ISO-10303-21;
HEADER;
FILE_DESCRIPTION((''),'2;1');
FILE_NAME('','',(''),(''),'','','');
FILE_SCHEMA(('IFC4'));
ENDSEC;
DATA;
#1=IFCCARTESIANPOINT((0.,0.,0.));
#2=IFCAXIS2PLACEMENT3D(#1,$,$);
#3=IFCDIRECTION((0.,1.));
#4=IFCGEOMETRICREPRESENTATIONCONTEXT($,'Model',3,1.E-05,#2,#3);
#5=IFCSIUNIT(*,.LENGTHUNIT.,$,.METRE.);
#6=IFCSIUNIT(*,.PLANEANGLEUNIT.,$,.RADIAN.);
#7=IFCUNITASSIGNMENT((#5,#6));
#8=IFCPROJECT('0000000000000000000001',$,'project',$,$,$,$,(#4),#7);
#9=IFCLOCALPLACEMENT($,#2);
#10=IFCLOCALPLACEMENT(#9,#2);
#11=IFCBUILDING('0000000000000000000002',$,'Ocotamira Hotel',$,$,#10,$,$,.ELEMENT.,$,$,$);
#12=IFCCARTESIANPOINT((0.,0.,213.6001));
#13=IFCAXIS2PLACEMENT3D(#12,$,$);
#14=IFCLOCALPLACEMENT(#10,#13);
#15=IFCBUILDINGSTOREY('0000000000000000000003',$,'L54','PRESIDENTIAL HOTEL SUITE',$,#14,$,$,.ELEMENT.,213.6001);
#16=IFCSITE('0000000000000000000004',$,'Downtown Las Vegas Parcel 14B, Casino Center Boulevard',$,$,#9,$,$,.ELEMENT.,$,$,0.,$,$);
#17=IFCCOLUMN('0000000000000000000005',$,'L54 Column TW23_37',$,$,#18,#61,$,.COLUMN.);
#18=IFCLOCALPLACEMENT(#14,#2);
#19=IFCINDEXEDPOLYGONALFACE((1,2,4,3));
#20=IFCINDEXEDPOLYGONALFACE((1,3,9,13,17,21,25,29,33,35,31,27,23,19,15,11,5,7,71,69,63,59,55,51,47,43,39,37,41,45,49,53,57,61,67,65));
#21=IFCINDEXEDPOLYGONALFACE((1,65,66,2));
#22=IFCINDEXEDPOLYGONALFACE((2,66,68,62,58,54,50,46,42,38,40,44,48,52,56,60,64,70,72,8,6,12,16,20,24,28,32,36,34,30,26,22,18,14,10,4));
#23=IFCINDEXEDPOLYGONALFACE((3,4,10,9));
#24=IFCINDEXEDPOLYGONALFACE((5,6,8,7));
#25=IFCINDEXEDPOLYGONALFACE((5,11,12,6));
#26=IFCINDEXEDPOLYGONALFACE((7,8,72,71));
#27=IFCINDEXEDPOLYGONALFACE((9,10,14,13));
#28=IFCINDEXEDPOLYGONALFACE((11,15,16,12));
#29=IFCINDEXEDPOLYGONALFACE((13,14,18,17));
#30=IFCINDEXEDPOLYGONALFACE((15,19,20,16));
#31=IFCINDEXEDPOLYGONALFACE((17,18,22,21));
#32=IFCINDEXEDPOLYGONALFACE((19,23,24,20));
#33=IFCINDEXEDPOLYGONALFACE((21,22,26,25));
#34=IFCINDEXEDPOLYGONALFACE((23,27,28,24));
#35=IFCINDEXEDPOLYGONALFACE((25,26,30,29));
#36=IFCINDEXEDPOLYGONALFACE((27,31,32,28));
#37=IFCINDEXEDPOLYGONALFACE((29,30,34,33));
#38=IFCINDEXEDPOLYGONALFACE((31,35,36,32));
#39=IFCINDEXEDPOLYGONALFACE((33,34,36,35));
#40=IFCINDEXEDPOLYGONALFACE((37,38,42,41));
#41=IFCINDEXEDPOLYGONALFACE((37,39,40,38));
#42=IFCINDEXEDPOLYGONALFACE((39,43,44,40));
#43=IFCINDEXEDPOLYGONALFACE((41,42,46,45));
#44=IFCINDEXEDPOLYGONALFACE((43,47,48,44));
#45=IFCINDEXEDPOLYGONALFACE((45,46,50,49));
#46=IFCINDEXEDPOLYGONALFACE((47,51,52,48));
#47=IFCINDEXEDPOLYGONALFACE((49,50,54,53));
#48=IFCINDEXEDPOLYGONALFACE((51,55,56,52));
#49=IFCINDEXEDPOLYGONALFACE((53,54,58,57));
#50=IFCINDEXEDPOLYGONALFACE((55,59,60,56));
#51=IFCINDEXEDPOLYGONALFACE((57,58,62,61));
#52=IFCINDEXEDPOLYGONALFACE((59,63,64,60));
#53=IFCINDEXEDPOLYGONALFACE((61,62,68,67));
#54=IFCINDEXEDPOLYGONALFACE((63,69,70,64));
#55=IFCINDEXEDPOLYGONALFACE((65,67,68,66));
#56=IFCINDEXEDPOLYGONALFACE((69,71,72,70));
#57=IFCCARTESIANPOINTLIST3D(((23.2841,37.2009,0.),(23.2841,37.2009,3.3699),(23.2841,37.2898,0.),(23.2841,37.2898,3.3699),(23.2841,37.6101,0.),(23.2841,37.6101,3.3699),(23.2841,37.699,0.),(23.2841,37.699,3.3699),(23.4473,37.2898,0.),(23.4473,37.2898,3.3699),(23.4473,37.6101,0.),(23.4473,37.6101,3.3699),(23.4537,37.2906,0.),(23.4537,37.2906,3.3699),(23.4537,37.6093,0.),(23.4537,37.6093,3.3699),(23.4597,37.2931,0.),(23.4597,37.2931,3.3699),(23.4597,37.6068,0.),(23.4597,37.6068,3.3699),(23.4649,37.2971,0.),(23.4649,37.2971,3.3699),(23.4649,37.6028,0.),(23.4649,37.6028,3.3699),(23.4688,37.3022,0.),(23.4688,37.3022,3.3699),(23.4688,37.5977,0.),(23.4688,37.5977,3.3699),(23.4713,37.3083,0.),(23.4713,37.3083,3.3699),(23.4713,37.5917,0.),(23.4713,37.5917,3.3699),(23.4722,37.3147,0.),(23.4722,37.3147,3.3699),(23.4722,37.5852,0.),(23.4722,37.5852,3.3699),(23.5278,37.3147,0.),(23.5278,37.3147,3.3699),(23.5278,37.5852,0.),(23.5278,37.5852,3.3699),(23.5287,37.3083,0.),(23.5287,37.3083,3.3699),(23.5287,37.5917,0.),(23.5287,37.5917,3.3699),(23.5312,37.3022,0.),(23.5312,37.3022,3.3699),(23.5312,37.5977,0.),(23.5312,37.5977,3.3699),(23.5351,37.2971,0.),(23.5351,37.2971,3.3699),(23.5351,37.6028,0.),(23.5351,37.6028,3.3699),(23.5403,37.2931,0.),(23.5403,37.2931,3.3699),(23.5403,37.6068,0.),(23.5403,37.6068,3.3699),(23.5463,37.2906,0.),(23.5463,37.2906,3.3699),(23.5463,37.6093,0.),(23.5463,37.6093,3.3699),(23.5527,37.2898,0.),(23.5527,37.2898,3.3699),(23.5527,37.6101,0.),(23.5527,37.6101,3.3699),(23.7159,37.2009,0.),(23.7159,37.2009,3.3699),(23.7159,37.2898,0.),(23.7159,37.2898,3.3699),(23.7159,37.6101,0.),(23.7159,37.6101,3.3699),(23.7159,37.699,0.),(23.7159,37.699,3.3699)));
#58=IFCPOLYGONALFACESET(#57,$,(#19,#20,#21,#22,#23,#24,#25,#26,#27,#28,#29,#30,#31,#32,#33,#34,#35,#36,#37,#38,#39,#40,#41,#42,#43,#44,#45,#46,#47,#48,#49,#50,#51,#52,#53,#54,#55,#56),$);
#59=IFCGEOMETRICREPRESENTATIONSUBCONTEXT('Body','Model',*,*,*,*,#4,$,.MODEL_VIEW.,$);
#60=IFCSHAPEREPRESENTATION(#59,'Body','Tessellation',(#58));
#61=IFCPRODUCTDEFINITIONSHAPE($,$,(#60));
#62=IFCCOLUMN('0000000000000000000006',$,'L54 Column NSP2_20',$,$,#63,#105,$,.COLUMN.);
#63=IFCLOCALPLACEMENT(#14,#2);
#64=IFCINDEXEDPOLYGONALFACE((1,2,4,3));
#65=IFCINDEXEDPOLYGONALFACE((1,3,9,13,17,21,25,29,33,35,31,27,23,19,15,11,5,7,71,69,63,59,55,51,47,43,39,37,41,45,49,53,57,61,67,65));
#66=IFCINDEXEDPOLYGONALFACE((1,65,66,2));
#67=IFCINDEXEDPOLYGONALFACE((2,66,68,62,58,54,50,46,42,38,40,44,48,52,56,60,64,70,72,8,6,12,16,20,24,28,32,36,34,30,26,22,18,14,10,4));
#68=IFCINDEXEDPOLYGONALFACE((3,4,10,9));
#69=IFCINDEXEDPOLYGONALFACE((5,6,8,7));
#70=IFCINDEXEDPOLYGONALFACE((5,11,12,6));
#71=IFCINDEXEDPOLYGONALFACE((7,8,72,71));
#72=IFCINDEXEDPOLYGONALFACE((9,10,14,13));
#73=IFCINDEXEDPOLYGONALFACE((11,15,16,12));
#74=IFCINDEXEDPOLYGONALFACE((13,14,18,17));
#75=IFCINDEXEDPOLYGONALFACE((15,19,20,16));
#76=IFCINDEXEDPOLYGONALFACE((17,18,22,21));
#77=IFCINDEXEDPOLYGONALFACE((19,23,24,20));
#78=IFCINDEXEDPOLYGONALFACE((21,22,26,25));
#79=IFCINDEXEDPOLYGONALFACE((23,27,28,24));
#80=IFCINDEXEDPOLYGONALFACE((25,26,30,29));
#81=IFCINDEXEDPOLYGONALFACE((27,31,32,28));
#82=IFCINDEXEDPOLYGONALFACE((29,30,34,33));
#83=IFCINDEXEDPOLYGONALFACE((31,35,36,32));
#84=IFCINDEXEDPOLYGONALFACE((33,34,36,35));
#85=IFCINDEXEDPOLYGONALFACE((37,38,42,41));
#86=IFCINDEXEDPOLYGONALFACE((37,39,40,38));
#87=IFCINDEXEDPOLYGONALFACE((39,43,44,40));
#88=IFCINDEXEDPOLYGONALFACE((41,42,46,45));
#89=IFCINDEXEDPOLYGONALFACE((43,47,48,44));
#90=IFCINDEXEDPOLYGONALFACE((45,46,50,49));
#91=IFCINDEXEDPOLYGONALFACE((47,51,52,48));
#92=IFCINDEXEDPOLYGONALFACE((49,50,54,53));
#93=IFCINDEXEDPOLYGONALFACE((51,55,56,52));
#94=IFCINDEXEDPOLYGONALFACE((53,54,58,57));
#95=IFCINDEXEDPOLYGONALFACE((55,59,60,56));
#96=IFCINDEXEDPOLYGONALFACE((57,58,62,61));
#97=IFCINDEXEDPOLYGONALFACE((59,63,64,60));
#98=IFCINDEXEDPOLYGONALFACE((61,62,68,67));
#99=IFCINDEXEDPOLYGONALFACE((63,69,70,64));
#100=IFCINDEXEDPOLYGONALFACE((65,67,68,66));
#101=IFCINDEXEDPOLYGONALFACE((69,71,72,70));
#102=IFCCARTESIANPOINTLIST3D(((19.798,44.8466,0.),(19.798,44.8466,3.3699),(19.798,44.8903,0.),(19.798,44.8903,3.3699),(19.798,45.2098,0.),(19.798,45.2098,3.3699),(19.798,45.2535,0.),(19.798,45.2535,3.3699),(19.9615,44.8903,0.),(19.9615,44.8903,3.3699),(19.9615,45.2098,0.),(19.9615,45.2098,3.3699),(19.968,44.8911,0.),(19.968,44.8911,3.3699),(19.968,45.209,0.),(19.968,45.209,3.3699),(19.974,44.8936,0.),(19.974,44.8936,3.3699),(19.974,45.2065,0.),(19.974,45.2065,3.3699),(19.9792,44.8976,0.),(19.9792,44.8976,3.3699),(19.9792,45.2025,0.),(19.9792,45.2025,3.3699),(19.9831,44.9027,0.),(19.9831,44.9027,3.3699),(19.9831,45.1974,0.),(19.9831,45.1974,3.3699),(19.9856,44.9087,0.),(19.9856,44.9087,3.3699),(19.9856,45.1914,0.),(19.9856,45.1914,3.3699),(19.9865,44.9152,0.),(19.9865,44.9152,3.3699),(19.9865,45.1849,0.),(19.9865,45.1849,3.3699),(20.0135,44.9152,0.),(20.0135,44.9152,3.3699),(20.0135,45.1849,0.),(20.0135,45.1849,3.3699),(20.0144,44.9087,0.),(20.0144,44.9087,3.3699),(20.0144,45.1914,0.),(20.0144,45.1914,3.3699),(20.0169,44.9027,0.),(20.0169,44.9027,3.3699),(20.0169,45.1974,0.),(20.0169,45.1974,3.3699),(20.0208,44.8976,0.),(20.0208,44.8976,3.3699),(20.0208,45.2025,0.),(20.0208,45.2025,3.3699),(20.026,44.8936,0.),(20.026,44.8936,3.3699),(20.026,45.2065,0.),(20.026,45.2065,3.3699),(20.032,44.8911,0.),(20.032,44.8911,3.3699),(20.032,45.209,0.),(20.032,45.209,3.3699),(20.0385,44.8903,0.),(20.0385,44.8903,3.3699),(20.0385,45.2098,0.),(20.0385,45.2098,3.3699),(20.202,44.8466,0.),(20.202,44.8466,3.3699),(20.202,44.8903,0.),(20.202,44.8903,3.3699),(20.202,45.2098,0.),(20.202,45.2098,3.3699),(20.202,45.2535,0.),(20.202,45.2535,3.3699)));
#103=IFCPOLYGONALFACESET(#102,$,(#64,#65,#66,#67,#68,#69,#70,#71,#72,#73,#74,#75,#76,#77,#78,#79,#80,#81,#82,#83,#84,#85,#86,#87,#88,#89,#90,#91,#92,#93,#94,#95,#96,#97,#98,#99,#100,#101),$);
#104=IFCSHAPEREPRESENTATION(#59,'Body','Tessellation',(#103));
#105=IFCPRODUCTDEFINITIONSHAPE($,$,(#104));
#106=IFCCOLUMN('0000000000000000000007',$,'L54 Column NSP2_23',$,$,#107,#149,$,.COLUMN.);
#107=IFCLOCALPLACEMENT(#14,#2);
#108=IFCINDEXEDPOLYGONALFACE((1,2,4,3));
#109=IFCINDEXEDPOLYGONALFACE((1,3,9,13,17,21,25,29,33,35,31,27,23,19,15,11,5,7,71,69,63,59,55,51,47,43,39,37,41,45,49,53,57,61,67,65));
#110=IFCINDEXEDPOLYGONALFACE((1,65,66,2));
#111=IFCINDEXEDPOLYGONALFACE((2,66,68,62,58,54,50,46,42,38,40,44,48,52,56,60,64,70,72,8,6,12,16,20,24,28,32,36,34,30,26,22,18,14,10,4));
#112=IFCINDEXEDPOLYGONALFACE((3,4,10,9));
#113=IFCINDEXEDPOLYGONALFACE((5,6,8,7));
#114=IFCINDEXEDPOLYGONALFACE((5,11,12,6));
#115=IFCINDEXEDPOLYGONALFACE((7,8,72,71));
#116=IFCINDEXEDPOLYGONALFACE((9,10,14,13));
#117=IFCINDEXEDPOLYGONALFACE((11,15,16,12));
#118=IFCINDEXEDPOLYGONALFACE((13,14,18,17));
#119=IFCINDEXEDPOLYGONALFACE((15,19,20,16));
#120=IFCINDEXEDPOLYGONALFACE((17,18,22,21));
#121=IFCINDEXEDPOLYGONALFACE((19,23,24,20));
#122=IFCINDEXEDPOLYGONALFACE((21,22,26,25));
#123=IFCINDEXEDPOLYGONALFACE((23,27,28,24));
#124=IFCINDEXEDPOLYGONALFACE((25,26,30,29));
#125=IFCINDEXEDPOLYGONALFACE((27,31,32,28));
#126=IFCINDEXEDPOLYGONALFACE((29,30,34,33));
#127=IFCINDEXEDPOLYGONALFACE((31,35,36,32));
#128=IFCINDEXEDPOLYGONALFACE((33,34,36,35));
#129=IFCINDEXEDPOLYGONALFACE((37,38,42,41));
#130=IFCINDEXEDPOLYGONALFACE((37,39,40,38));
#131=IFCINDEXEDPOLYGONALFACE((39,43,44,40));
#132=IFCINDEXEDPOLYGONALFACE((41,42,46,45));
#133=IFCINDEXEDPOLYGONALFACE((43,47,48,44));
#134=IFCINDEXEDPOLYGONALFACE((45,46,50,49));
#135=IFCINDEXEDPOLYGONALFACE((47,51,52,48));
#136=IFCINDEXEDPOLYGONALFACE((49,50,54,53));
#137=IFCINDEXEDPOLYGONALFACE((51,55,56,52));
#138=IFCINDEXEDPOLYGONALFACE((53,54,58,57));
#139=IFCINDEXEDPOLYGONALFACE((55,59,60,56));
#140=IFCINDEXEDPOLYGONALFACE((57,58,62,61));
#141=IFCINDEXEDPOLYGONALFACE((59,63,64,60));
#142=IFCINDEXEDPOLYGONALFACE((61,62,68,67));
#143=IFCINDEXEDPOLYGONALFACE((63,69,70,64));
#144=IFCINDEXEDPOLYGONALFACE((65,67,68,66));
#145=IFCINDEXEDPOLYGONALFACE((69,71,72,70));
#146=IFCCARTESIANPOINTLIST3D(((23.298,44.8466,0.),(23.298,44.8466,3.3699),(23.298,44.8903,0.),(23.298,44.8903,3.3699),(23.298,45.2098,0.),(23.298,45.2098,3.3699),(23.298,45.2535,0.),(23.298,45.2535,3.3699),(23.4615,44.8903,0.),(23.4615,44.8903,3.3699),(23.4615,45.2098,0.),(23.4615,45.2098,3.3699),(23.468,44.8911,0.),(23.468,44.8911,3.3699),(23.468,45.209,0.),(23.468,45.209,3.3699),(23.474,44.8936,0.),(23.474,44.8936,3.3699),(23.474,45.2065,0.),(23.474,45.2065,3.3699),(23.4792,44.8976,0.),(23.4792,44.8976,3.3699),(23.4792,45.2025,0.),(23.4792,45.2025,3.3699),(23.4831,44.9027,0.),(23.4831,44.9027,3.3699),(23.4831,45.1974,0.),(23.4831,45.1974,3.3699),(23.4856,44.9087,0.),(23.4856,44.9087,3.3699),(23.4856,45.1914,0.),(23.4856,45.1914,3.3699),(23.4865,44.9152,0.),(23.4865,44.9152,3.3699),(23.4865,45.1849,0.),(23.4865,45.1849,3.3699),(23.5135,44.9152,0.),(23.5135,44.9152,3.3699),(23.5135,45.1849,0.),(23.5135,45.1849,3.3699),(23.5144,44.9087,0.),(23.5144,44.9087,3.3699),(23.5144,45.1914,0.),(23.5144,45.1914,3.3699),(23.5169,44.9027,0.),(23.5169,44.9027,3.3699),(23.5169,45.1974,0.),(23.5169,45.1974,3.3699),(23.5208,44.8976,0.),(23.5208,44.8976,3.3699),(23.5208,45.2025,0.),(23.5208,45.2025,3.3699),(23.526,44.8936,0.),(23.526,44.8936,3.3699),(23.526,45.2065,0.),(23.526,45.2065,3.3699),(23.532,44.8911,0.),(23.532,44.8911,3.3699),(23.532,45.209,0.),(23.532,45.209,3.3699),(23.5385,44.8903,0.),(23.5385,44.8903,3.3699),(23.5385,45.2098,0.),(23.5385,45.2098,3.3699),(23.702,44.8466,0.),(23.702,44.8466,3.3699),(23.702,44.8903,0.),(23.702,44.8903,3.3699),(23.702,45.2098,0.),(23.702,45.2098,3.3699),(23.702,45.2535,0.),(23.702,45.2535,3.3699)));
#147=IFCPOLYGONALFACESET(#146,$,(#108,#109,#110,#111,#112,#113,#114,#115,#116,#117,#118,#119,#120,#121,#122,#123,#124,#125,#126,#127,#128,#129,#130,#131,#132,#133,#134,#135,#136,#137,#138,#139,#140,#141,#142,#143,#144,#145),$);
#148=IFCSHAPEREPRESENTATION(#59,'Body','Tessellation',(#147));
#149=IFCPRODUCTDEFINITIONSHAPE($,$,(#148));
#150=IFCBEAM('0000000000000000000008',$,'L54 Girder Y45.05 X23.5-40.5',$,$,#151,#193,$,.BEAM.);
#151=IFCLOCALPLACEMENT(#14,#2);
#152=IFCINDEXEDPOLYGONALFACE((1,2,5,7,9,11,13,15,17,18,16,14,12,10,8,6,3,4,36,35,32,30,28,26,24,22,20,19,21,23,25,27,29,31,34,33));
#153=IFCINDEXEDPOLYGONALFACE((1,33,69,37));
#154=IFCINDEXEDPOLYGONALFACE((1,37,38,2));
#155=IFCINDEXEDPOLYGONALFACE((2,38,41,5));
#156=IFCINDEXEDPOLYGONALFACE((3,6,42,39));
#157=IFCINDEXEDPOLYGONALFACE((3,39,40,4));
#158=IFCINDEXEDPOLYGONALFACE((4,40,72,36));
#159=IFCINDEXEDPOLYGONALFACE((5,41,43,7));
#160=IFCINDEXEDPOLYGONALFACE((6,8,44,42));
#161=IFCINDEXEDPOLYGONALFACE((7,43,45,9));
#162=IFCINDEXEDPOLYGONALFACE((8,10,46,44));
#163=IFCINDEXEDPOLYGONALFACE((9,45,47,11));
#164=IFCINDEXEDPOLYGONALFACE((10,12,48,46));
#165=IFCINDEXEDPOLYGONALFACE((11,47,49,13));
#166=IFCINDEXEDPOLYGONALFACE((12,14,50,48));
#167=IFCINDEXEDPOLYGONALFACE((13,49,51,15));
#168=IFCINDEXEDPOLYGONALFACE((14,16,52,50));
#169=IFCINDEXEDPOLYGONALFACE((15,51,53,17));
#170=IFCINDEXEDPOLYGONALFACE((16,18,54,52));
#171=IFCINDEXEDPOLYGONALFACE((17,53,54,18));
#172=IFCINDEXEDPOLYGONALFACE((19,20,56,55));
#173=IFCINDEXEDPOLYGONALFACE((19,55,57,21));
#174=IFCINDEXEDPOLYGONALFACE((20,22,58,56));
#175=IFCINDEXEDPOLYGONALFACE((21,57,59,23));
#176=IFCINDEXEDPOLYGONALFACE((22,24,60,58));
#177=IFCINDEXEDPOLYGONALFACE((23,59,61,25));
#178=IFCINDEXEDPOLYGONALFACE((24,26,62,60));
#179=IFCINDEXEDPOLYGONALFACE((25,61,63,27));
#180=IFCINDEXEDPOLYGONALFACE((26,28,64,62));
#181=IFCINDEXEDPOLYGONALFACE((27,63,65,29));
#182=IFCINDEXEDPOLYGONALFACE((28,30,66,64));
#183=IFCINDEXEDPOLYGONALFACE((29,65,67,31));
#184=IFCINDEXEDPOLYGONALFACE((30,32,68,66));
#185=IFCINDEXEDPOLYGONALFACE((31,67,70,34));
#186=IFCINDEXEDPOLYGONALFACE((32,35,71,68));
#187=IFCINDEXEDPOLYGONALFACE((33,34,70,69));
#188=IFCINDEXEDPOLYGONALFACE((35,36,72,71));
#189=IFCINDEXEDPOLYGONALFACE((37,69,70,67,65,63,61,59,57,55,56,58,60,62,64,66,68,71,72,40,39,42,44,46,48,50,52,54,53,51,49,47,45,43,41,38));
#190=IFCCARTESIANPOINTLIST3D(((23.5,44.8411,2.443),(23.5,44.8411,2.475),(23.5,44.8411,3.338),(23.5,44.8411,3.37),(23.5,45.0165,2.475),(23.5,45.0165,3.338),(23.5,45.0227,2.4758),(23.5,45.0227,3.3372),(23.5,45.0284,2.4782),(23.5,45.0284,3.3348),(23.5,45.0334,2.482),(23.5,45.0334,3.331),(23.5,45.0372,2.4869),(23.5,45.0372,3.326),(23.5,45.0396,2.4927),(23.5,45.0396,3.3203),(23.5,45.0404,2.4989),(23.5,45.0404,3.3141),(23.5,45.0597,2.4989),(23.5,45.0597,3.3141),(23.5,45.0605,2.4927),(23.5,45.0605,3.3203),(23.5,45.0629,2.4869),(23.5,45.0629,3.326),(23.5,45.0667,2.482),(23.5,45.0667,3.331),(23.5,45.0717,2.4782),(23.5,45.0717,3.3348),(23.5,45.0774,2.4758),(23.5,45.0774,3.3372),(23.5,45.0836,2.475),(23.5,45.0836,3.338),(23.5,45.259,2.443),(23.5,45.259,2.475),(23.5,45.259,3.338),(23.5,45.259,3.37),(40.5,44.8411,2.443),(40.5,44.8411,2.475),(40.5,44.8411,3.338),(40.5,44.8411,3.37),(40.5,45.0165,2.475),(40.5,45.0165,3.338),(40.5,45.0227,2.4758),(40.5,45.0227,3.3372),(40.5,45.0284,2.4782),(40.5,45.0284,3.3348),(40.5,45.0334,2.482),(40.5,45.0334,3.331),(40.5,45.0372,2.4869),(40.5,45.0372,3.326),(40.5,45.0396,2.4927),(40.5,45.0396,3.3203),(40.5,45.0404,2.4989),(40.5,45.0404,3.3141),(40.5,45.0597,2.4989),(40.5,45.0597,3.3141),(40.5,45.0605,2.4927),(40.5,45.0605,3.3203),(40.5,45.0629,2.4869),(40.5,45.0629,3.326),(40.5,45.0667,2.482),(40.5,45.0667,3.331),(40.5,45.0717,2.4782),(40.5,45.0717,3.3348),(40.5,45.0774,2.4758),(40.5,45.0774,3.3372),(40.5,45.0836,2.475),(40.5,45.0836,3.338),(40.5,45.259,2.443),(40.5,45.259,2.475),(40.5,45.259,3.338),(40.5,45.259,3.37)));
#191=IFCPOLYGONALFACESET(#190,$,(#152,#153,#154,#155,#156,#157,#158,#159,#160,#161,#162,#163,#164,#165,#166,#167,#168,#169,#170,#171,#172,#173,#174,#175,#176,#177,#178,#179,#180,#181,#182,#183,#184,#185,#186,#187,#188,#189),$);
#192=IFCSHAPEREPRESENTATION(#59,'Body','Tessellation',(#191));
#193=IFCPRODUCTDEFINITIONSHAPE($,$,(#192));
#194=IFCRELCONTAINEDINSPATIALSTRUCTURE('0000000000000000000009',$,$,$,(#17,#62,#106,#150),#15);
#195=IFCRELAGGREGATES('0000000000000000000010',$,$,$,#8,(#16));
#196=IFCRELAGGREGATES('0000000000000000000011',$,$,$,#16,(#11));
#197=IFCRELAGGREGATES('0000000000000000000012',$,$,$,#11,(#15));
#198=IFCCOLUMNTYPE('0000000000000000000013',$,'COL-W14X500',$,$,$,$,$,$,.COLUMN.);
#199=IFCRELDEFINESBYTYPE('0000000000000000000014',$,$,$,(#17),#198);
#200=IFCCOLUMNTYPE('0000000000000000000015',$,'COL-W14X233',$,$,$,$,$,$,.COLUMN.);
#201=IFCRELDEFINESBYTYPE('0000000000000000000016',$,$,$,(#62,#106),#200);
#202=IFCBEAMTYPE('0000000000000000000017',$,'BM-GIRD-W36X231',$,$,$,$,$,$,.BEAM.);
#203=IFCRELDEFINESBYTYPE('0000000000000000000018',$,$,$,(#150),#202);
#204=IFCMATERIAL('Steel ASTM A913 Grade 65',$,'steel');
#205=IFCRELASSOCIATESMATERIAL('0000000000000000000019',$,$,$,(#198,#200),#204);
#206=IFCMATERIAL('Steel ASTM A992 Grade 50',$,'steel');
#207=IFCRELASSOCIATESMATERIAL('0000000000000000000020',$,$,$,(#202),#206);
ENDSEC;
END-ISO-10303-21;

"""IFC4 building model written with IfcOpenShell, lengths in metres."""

from ifc_helpers import new_model, si_unit, direction, frame, origin, origin_2d, place, context, subcontext, project, spatial, i_section, extrude, source, transform, mapped, material, material_profile, profile_set, type_object, element, save


model = new_model("IFC4")

# Units and contexts
model_context = context("Model", 3, precision=1e-05, world=origin(), true_north=direction((0.0, 1.0)))
body_context = subcontext(model_context, "Body", "Model", "MODEL_VIEW")
ifc_project = project(units=[si_unit("LENGTHUNIT", "METRE"), si_unit("PLANEANGLEUNIT", "RADIAN")], contexts=[model_context])

# Site, building, storey
site_placement = place(None, origin())
site = spatial("IfcSite", under=ifc_project, at=site_placement, Name="Downtown Las Vegas Parcel 14B, Casino Center Boulevard", CompositionType="ELEMENT", RefElevation=0.0)
building_placement = place(site_placement, origin())
building = spatial("IfcBuilding", under=site, at=building_placement, Name="Ocotamira Hotel", CompositionType="ELEMENT")
storey_placement = place(building_placement, frame((0.0, 0.0, 213.6001)))
storey = spatial("IfcBuildingStorey", under=building, at=storey_placement, Name="L54", Description="PRESIDENTIAL HOTEL SUITE", CompositionType="ELEMENT", Elevation=213.6001)

# Columns
ifc_material_1 = material(Name="Steel ASTM A913 Grade 65", Category="steel")
ifc_material_profile_1 = material_profile(ifc_material_1, i_section(OverallWidth=0.4319, OverallDepth=0.498, WebThickness=0.0557, FlangeThickness=0.0889, FilletRadius=0.0249, at=origin_2d()), Name="W14X500")
ifc_profile_set_1 = profile_set([ifc_material_profile_1], Name="Steel ASTM A913 Grade 65")
column_type_1 = type_object("IfcColumnType", Name="COL-W14X500", PredefinedType="COLUMN", material=ifc_profile_set_1)
shared_shape_1 = source(origin(), body_context, "Body", "SweptSolid", [
    extrude(i_section(OverallWidth=0.4319, OverallDepth=0.498, WebThickness=0.0557, FlangeThickness=0.0889, FilletRadius=0.0249, at=origin_2d()), origin(), (0.0, 0.0, 1.0), 3.3699),
])
column_placement = place(storey_placement, frame((23.5, 37.45, 0.0), z_axis=(0.0, 0.0, 1.0), x_axis=(1.0, 0.0, 0.0)))
element("IfcColumn", 1, at=column_placement, inside=storey, type_object=column_type_1, Name="L54 Column TW23_37", PredefinedType="COLUMN", context=body_context, shape_type="MappedRepresentation", body=[
    mapped(shared_shape_1, transform((0.0, 0.0, 0.0), scale=1.0)),
])
ifc_material_profile_2 = material_profile(ifc_material_1, i_section(OverallWidth=0.4041, OverallDepth=0.407, WebThickness=0.0271, FlangeThickness=0.0437, FilletRadius=0.0249, at=origin_2d()), Name="W14X233")
ifc_profile_set_2 = profile_set([ifc_material_profile_2], Name="Steel ASTM A913 Grade 65")
column_type_2 = type_object("IfcColumnType", Name="COL-W14X233", PredefinedType="COLUMN", material=ifc_profile_set_2)
shared_shape_2 = source(origin(), body_context, "Body", "SweptSolid", [
    extrude(i_section(OverallWidth=0.4041, OverallDepth=0.407, WebThickness=0.0271, FlangeThickness=0.0437, FilletRadius=0.0249, at=origin_2d()), origin(), (0.0, 0.0, 1.0), 3.3699),
])
for number, where, z_axis, x_axis, name in (
    (2, (20.0, 45.05, 0.0), (0.0, 0.0, 1.0), (1.0, 0.0, 0.0), "L54 Column NSP2_20"),
    (3, (23.5, 45.05, 0.0), (0.0, 0.0, 1.0), (1.0, 0.0, 0.0), "L54 Column NSP2_23"),
):
    element("IfcColumn", number, at=place(storey_placement, frame(where, z_axis=z_axis, x_axis=x_axis)), inside=storey, type_object=column_type_2, Name=name, PredefinedType="COLUMN", context=body_context, shape_type="MappedRepresentation", body=[
        mapped(shared_shape_2, transform((0.0, 0.0, 0.0), scale=1.0)),
    ])

# Beam
ifc_material_2 = material(Name="Steel ASTM A992 Grade 50", Category="steel")
ifc_material_profile_3 = material_profile(ifc_material_2, i_section(OverallWidth=0.418, OverallDepth=0.927, WebThickness=0.0193, FlangeThickness=0.032, FilletRadius=0.0239, at=origin_2d()), Name="W36X231")
ifc_profile_set_3 = profile_set([ifc_material_profile_3], Name="Steel ASTM A992 Grade 50")
beam_type_1 = type_object("IfcBeamType", Name="BM-GIRD-W36X231", PredefinedType="BEAM", material=ifc_profile_set_3)
shared_shape_3 = source(origin(), body_context, "Body", "SweptSolid", [
    extrude(i_section(OverallWidth=0.418, OverallDepth=0.927, WebThickness=0.0193, FlangeThickness=0.032, FilletRadius=0.0239, at=origin_2d()), origin(), (0.0, 0.0, 1.0), 17.0),
])
beam_1_placement = place(storey_placement, frame((23.5, 45.05, 2.9065), z_axis=(1.0, 0.0, 0.0), x_axis=(0.0, 1.0, 0.0)))
element("IfcBeam", 4, at=beam_1_placement, inside=storey, type_object=beam_type_1, Name="L54 Girder Y45.05 X23.5-40.5", PredefinedType="BEAM", context=body_context, shape_type="MappedRepresentation", body=[
    mapped(shared_shape_3, transform((0.0, 0.0, 0.0), scale=1.0)),
])

save(model, "model.ifc")
